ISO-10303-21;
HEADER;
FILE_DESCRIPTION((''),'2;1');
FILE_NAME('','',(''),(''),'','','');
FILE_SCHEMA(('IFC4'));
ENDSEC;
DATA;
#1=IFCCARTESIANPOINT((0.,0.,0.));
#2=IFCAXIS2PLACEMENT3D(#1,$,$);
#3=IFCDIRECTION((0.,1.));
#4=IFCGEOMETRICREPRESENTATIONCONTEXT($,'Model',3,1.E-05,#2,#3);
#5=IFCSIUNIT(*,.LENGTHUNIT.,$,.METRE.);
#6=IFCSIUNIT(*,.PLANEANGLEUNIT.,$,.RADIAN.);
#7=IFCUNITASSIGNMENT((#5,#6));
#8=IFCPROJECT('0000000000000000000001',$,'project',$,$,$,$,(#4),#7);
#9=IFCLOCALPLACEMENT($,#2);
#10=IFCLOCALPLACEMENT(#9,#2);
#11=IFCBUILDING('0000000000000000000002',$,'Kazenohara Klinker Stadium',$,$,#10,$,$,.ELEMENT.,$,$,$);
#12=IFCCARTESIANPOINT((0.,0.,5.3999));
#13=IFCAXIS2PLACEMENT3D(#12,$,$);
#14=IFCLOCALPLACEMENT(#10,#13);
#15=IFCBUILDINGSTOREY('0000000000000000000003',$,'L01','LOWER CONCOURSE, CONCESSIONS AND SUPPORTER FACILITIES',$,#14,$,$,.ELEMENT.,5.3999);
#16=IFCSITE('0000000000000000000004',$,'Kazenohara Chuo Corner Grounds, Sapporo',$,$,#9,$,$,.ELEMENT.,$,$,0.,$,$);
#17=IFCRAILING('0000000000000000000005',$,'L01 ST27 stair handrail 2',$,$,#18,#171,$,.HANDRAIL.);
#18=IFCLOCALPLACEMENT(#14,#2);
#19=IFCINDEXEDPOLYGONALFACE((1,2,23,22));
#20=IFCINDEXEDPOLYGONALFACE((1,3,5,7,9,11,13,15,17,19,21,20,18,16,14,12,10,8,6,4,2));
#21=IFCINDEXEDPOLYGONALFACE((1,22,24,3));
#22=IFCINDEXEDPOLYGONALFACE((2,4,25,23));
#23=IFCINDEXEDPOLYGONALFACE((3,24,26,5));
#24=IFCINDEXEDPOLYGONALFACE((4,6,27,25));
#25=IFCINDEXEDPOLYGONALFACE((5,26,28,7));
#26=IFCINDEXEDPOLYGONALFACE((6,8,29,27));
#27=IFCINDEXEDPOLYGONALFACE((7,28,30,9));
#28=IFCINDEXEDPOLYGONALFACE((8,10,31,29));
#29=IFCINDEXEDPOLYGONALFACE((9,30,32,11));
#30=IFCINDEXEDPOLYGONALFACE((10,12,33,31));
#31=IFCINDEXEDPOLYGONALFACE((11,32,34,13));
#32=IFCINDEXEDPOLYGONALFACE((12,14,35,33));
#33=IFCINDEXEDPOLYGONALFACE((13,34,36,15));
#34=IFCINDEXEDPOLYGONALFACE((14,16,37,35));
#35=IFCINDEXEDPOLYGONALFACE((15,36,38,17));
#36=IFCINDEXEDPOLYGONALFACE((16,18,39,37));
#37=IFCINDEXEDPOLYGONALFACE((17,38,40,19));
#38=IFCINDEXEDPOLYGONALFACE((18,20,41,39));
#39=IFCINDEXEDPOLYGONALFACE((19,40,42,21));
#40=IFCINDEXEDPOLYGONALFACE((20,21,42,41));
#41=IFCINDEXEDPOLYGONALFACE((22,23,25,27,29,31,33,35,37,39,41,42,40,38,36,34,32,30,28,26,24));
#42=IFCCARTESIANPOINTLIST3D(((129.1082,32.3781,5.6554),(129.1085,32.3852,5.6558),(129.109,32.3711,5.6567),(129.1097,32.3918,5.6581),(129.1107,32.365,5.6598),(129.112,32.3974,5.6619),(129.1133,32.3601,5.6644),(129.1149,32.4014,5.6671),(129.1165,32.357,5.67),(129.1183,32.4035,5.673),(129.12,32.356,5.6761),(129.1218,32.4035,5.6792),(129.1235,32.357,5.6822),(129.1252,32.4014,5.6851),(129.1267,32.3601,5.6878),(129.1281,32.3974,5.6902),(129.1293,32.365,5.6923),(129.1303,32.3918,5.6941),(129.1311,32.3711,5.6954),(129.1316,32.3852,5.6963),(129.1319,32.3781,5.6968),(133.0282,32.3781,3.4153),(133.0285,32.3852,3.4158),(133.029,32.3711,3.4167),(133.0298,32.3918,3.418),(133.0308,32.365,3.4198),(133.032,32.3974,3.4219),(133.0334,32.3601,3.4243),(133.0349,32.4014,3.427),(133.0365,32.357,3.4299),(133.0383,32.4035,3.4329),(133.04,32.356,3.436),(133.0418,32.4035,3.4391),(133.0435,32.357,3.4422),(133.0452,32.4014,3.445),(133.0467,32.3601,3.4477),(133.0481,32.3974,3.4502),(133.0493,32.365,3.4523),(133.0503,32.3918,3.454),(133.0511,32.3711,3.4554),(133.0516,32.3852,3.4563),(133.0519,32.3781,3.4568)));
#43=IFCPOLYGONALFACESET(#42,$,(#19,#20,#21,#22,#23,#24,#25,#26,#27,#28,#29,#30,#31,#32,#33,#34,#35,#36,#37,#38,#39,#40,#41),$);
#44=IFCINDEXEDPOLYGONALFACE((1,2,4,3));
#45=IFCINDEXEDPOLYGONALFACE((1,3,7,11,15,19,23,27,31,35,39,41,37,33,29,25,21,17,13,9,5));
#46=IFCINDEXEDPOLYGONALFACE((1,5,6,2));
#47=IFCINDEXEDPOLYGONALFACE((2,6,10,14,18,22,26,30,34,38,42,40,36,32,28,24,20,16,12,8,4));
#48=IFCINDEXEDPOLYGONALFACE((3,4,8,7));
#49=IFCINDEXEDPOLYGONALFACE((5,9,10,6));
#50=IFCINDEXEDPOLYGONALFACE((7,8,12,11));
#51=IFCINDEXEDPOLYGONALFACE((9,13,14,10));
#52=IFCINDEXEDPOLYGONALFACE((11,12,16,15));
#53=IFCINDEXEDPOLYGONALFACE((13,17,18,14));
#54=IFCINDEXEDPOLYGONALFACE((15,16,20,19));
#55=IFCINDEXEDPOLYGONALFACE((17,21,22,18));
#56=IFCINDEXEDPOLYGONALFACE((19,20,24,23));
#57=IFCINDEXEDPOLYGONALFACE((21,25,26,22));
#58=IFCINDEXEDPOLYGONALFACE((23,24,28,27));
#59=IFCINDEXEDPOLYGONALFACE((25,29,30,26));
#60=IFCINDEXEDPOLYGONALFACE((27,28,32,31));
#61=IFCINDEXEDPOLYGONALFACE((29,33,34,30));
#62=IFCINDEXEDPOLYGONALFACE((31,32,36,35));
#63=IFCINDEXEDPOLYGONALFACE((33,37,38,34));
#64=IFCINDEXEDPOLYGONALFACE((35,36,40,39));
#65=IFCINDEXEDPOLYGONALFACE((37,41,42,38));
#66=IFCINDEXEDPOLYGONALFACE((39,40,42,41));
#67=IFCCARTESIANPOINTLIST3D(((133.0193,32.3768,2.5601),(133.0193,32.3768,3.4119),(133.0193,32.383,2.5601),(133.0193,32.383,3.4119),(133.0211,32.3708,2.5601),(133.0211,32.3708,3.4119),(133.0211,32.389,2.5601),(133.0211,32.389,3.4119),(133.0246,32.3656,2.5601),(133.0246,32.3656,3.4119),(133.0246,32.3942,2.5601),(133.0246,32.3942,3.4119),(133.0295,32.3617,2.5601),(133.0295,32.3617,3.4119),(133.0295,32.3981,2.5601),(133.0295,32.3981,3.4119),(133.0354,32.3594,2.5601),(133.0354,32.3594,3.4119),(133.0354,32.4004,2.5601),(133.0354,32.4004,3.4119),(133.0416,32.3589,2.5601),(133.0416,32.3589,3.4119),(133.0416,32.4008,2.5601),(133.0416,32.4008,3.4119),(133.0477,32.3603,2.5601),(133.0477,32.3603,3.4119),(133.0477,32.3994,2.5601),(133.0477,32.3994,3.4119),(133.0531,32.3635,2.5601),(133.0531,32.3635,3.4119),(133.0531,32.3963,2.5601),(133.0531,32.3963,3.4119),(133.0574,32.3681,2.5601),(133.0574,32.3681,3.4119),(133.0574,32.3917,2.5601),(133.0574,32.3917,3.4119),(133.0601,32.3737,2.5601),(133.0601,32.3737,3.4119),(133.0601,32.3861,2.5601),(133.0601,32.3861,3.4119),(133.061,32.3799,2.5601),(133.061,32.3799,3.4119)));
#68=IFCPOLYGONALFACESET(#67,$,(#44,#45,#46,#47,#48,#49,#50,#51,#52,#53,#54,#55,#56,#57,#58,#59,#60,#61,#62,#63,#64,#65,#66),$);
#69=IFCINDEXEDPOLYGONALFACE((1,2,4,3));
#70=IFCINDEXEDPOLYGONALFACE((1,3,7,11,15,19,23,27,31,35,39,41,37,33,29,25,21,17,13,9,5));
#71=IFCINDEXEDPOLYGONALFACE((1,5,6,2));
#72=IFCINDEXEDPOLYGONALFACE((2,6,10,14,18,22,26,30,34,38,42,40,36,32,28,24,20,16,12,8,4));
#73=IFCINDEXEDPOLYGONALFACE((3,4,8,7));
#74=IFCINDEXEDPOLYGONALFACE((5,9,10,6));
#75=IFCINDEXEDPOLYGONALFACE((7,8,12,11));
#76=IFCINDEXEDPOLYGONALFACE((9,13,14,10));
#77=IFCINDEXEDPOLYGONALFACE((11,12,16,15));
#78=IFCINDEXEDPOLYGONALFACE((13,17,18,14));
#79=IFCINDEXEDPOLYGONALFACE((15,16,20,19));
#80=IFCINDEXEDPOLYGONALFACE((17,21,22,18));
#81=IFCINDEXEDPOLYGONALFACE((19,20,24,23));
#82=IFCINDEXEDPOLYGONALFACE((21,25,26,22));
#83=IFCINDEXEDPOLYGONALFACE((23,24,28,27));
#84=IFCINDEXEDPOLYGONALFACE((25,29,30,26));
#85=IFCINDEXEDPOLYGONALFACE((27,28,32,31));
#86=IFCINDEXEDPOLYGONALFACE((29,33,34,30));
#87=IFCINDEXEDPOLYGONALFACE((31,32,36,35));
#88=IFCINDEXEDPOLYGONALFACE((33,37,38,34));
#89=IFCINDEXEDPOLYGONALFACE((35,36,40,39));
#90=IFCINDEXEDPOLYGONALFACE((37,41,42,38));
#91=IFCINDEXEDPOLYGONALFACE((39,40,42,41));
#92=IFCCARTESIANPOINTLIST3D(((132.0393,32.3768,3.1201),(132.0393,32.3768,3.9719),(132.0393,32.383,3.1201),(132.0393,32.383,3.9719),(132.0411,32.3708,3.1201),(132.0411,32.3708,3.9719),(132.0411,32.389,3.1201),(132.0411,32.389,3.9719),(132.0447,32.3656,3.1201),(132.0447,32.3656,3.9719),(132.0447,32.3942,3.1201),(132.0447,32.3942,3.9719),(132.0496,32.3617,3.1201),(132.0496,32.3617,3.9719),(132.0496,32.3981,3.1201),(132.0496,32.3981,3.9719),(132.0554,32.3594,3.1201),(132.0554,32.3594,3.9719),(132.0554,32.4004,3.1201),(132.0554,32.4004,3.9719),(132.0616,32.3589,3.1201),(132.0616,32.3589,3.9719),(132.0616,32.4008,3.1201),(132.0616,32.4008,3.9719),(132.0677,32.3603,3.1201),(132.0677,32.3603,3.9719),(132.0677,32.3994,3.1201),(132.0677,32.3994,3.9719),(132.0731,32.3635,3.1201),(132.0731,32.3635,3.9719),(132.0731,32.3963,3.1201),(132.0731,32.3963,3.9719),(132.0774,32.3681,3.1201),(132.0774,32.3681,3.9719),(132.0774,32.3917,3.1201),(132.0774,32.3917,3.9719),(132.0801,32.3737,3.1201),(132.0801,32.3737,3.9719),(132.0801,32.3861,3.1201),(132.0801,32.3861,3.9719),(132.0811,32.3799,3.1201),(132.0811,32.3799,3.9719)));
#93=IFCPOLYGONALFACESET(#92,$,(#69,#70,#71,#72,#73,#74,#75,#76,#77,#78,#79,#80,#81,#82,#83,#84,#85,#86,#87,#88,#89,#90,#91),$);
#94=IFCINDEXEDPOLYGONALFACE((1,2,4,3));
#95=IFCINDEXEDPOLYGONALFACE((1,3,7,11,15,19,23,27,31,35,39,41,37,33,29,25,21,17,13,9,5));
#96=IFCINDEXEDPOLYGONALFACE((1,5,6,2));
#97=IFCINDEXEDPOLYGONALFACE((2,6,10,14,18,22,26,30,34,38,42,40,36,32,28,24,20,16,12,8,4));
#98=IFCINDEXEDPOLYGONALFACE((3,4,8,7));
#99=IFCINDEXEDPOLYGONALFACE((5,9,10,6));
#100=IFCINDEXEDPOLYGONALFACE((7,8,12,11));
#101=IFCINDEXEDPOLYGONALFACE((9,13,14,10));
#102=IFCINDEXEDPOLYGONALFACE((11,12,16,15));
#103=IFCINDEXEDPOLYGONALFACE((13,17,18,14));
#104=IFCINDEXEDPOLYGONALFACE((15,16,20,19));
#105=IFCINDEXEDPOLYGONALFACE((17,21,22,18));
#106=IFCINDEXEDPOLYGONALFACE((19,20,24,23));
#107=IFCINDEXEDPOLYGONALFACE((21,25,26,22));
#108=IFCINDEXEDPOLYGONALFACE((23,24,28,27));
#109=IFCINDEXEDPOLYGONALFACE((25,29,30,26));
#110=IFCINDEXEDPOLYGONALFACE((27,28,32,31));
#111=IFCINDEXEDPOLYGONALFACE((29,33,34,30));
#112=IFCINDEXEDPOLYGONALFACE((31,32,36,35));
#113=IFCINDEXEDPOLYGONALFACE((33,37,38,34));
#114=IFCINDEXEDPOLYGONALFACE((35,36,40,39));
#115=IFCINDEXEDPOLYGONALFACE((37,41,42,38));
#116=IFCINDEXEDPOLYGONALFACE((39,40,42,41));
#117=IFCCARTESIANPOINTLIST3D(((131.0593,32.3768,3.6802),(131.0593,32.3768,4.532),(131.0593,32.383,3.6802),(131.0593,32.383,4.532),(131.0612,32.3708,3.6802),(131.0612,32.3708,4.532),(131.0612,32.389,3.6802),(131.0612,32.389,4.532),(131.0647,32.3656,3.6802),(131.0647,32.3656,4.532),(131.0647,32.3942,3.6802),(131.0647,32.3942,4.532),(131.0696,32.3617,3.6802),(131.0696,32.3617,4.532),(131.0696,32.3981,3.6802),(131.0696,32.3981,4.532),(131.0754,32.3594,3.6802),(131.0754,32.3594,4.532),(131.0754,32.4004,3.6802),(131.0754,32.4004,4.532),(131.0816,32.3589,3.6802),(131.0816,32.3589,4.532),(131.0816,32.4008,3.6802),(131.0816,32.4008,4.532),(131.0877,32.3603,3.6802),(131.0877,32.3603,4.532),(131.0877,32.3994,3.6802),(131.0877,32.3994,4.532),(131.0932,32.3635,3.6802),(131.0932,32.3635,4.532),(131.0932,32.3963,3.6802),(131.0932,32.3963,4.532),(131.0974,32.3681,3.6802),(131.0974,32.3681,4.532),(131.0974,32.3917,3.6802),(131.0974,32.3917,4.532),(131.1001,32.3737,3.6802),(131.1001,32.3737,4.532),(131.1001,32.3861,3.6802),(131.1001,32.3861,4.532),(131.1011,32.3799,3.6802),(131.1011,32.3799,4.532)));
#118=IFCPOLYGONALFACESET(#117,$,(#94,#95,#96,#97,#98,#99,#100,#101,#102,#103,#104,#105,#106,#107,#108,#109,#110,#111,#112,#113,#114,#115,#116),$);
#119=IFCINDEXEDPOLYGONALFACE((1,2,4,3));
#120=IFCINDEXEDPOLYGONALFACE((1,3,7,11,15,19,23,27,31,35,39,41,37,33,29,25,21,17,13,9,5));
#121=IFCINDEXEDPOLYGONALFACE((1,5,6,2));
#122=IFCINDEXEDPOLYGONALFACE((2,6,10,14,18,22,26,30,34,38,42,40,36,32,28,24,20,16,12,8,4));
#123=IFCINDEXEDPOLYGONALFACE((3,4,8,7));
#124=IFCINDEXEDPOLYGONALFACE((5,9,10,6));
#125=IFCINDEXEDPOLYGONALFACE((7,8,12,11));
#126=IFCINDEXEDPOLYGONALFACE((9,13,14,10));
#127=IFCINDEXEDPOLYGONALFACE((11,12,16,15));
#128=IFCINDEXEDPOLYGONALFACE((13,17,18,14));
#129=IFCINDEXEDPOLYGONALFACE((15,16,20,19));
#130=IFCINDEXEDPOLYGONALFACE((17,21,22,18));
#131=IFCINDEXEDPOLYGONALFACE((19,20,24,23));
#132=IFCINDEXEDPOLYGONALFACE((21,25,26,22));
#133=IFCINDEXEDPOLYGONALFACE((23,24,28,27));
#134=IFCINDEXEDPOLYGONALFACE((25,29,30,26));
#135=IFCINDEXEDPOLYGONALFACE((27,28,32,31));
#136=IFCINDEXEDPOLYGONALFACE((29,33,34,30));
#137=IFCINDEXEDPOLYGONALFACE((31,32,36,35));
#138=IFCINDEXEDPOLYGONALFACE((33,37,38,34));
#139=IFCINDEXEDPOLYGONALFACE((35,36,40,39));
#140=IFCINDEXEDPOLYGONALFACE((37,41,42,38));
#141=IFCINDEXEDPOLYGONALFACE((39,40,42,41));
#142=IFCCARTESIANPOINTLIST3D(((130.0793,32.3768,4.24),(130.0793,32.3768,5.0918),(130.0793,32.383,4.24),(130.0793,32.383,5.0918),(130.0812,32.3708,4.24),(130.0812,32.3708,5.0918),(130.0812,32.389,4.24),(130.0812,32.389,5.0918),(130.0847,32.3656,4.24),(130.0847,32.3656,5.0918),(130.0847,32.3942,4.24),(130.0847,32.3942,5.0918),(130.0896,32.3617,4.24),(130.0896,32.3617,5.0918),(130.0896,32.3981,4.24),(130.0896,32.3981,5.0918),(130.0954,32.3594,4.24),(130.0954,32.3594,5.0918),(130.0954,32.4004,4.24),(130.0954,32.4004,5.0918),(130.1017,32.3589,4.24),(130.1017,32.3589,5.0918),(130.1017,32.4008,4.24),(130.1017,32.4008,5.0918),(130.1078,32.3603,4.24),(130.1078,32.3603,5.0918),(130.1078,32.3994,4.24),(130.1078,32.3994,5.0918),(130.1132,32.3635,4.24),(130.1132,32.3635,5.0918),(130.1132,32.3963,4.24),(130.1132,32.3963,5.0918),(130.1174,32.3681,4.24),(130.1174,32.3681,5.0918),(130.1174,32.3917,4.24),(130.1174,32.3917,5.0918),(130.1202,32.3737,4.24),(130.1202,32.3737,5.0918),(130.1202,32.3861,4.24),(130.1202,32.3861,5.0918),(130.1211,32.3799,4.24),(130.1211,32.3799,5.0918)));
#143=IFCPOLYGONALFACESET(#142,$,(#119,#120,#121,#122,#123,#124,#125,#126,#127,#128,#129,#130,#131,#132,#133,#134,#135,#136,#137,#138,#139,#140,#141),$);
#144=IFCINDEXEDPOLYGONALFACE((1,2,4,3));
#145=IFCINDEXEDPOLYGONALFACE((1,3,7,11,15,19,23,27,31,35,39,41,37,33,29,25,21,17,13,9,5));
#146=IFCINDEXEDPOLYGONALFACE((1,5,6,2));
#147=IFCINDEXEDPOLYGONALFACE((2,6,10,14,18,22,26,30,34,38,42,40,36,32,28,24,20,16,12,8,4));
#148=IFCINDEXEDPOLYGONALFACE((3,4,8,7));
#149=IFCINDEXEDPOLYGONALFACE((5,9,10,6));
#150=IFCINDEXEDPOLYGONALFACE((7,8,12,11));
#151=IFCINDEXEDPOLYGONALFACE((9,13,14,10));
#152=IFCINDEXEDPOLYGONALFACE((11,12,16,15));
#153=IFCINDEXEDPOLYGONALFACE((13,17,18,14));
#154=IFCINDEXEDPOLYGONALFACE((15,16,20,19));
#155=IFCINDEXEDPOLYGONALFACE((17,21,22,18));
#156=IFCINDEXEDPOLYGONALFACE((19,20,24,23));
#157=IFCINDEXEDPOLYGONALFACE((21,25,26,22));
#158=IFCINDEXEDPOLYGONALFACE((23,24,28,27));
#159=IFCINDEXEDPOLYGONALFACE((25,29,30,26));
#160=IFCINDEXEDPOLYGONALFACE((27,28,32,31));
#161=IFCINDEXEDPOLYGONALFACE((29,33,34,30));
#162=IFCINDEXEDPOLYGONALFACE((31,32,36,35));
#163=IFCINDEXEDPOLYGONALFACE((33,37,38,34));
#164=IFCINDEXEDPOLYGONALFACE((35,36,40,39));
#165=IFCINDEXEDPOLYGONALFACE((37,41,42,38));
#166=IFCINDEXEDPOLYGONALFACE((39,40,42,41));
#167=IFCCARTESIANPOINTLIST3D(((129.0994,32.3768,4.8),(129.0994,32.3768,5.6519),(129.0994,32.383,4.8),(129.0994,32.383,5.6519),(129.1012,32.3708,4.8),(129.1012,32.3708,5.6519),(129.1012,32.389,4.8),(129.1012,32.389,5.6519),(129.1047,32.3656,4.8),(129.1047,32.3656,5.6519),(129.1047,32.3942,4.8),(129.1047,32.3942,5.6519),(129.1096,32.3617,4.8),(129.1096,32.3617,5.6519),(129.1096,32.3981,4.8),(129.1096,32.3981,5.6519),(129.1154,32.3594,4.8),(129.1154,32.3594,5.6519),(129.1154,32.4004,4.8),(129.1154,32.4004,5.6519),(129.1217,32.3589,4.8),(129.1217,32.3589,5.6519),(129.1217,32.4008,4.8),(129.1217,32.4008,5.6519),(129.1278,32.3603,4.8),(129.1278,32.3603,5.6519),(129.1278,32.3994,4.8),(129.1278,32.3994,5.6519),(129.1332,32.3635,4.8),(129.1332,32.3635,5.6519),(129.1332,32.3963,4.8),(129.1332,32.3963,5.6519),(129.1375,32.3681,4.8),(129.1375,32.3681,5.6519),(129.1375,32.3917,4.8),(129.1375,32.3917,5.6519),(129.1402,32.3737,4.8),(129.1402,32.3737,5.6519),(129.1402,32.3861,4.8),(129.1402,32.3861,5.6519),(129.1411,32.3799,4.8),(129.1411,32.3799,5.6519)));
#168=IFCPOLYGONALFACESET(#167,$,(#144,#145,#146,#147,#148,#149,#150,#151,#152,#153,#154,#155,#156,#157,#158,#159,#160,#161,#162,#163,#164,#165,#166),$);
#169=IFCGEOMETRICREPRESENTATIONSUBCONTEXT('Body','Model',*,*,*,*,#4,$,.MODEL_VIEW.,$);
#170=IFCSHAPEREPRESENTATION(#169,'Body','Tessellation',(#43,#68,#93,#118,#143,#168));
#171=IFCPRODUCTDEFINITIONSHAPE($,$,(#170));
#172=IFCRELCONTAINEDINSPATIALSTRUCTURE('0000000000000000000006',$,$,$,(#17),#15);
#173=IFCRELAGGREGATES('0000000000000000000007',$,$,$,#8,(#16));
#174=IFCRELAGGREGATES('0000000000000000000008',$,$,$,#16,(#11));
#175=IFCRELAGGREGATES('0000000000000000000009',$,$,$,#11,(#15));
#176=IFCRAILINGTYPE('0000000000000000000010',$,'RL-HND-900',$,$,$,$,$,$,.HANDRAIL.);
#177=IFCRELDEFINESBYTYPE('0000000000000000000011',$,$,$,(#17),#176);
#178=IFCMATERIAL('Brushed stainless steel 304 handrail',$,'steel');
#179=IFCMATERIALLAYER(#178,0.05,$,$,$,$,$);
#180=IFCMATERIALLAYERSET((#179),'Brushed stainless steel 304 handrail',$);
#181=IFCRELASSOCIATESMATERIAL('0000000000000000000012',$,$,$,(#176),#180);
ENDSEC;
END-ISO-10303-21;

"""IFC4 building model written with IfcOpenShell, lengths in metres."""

from ifc_helpers import new_model, si_unit, direction, frame, origin, origin_2d, place, context, subcontext, project, spatial, circle, extrude, material, layer, layer_set, type_object, element, save


model = new_model("IFC4")

# Units and contexts
model_context = context("Model", 3, precision=1e-05, world=origin(), true_north=direction((0.0, 1.0)))
body_context = subcontext(model_context, "Body", "Model", "MODEL_VIEW")
ifc_project = project(units=[si_unit("LENGTHUNIT", "METRE"), si_unit("PLANEANGLEUNIT", "RADIAN")], contexts=[model_context])

# Site, building, storey
site_placement = place(None, origin())
site = spatial("IfcSite", under=ifc_project, at=site_placement, Name="Kazenohara Chuo Corner Grounds, Sapporo", CompositionType="ELEMENT", RefElevation=0.0)
building_placement = place(site_placement, origin())
building = spatial("IfcBuilding", under=site, at=building_placement, Name="Kazenohara Klinker Stadium", CompositionType="ELEMENT")
storey_placement = place(building_placement, frame((0.0, 0.0, 5.3999)))
storey = spatial("IfcBuildingStorey", under=building, at=storey_placement, Name="L01", Description="LOWER CONCOURSE, CONCESSIONS AND SUPPORTER FACILITIES", CompositionType="ELEMENT", Elevation=5.3999)

# Railing
ifc_material_1 = material(Name="Brushed stainless steel 304 handrail", Category="steel")
ifc_layer_1 = layer(ifc_material_1, 0.05)
ifc_layer_set_1 = layer_set([ifc_layer_1], Name="Brushed stainless steel 304 handrail")
railing_type_1 = type_object("IfcRailingType", Name="RL-HND-900", PredefinedType="HANDRAIL", material=ifc_layer_set_1)
railing_1_placement = place(storey_placement, frame((133.04, 32.3799, 2.5601)))
element("IfcRailing", 1, at=railing_1_placement, inside=storey, type_object=railing_type_1, Name="L01 ST27 stair handrail 2", PredefinedType="HANDRAIL", context=body_context, shape_type="SweptSolid", body=[
    extrude(circle(Radius=0.0239, at=origin_2d()), frame((0.0, 0.0, 0.876), z_axis=(-0.86824, 0.0, 0.496145), x_axis=(0.0, -1.0, 0.0)), (0.0, 0.0, 1.0), 4.5149),
    extrude(circle(Radius=0.021, at=origin_2d()), origin(), (0.0, 0.0, 1.0), 0.8518),
    extrude(circle(Radius=0.021, at=origin_2d()), frame((-0.98, 0.0, 0.5601)), (0.0, 0.0, 1.0), 0.8518),
    extrude(circle(Radius=0.021, at=origin_2d()), frame((-1.96, 0.0, 1.1201)), (0.0, 0.0, 1.0), 0.8518),
    extrude(circle(Radius=0.021, at=origin_2d()), frame((-2.9399, 0.0, 1.6799)), (0.0, 0.0, 1.0), 0.8518),
    extrude(circle(Radius=0.021, at=origin_2d()), frame((-3.9199, 0.0, 2.24)), (0.0, 0.0, 1.0), 0.8518),
])

save(model, "model.ifc")
